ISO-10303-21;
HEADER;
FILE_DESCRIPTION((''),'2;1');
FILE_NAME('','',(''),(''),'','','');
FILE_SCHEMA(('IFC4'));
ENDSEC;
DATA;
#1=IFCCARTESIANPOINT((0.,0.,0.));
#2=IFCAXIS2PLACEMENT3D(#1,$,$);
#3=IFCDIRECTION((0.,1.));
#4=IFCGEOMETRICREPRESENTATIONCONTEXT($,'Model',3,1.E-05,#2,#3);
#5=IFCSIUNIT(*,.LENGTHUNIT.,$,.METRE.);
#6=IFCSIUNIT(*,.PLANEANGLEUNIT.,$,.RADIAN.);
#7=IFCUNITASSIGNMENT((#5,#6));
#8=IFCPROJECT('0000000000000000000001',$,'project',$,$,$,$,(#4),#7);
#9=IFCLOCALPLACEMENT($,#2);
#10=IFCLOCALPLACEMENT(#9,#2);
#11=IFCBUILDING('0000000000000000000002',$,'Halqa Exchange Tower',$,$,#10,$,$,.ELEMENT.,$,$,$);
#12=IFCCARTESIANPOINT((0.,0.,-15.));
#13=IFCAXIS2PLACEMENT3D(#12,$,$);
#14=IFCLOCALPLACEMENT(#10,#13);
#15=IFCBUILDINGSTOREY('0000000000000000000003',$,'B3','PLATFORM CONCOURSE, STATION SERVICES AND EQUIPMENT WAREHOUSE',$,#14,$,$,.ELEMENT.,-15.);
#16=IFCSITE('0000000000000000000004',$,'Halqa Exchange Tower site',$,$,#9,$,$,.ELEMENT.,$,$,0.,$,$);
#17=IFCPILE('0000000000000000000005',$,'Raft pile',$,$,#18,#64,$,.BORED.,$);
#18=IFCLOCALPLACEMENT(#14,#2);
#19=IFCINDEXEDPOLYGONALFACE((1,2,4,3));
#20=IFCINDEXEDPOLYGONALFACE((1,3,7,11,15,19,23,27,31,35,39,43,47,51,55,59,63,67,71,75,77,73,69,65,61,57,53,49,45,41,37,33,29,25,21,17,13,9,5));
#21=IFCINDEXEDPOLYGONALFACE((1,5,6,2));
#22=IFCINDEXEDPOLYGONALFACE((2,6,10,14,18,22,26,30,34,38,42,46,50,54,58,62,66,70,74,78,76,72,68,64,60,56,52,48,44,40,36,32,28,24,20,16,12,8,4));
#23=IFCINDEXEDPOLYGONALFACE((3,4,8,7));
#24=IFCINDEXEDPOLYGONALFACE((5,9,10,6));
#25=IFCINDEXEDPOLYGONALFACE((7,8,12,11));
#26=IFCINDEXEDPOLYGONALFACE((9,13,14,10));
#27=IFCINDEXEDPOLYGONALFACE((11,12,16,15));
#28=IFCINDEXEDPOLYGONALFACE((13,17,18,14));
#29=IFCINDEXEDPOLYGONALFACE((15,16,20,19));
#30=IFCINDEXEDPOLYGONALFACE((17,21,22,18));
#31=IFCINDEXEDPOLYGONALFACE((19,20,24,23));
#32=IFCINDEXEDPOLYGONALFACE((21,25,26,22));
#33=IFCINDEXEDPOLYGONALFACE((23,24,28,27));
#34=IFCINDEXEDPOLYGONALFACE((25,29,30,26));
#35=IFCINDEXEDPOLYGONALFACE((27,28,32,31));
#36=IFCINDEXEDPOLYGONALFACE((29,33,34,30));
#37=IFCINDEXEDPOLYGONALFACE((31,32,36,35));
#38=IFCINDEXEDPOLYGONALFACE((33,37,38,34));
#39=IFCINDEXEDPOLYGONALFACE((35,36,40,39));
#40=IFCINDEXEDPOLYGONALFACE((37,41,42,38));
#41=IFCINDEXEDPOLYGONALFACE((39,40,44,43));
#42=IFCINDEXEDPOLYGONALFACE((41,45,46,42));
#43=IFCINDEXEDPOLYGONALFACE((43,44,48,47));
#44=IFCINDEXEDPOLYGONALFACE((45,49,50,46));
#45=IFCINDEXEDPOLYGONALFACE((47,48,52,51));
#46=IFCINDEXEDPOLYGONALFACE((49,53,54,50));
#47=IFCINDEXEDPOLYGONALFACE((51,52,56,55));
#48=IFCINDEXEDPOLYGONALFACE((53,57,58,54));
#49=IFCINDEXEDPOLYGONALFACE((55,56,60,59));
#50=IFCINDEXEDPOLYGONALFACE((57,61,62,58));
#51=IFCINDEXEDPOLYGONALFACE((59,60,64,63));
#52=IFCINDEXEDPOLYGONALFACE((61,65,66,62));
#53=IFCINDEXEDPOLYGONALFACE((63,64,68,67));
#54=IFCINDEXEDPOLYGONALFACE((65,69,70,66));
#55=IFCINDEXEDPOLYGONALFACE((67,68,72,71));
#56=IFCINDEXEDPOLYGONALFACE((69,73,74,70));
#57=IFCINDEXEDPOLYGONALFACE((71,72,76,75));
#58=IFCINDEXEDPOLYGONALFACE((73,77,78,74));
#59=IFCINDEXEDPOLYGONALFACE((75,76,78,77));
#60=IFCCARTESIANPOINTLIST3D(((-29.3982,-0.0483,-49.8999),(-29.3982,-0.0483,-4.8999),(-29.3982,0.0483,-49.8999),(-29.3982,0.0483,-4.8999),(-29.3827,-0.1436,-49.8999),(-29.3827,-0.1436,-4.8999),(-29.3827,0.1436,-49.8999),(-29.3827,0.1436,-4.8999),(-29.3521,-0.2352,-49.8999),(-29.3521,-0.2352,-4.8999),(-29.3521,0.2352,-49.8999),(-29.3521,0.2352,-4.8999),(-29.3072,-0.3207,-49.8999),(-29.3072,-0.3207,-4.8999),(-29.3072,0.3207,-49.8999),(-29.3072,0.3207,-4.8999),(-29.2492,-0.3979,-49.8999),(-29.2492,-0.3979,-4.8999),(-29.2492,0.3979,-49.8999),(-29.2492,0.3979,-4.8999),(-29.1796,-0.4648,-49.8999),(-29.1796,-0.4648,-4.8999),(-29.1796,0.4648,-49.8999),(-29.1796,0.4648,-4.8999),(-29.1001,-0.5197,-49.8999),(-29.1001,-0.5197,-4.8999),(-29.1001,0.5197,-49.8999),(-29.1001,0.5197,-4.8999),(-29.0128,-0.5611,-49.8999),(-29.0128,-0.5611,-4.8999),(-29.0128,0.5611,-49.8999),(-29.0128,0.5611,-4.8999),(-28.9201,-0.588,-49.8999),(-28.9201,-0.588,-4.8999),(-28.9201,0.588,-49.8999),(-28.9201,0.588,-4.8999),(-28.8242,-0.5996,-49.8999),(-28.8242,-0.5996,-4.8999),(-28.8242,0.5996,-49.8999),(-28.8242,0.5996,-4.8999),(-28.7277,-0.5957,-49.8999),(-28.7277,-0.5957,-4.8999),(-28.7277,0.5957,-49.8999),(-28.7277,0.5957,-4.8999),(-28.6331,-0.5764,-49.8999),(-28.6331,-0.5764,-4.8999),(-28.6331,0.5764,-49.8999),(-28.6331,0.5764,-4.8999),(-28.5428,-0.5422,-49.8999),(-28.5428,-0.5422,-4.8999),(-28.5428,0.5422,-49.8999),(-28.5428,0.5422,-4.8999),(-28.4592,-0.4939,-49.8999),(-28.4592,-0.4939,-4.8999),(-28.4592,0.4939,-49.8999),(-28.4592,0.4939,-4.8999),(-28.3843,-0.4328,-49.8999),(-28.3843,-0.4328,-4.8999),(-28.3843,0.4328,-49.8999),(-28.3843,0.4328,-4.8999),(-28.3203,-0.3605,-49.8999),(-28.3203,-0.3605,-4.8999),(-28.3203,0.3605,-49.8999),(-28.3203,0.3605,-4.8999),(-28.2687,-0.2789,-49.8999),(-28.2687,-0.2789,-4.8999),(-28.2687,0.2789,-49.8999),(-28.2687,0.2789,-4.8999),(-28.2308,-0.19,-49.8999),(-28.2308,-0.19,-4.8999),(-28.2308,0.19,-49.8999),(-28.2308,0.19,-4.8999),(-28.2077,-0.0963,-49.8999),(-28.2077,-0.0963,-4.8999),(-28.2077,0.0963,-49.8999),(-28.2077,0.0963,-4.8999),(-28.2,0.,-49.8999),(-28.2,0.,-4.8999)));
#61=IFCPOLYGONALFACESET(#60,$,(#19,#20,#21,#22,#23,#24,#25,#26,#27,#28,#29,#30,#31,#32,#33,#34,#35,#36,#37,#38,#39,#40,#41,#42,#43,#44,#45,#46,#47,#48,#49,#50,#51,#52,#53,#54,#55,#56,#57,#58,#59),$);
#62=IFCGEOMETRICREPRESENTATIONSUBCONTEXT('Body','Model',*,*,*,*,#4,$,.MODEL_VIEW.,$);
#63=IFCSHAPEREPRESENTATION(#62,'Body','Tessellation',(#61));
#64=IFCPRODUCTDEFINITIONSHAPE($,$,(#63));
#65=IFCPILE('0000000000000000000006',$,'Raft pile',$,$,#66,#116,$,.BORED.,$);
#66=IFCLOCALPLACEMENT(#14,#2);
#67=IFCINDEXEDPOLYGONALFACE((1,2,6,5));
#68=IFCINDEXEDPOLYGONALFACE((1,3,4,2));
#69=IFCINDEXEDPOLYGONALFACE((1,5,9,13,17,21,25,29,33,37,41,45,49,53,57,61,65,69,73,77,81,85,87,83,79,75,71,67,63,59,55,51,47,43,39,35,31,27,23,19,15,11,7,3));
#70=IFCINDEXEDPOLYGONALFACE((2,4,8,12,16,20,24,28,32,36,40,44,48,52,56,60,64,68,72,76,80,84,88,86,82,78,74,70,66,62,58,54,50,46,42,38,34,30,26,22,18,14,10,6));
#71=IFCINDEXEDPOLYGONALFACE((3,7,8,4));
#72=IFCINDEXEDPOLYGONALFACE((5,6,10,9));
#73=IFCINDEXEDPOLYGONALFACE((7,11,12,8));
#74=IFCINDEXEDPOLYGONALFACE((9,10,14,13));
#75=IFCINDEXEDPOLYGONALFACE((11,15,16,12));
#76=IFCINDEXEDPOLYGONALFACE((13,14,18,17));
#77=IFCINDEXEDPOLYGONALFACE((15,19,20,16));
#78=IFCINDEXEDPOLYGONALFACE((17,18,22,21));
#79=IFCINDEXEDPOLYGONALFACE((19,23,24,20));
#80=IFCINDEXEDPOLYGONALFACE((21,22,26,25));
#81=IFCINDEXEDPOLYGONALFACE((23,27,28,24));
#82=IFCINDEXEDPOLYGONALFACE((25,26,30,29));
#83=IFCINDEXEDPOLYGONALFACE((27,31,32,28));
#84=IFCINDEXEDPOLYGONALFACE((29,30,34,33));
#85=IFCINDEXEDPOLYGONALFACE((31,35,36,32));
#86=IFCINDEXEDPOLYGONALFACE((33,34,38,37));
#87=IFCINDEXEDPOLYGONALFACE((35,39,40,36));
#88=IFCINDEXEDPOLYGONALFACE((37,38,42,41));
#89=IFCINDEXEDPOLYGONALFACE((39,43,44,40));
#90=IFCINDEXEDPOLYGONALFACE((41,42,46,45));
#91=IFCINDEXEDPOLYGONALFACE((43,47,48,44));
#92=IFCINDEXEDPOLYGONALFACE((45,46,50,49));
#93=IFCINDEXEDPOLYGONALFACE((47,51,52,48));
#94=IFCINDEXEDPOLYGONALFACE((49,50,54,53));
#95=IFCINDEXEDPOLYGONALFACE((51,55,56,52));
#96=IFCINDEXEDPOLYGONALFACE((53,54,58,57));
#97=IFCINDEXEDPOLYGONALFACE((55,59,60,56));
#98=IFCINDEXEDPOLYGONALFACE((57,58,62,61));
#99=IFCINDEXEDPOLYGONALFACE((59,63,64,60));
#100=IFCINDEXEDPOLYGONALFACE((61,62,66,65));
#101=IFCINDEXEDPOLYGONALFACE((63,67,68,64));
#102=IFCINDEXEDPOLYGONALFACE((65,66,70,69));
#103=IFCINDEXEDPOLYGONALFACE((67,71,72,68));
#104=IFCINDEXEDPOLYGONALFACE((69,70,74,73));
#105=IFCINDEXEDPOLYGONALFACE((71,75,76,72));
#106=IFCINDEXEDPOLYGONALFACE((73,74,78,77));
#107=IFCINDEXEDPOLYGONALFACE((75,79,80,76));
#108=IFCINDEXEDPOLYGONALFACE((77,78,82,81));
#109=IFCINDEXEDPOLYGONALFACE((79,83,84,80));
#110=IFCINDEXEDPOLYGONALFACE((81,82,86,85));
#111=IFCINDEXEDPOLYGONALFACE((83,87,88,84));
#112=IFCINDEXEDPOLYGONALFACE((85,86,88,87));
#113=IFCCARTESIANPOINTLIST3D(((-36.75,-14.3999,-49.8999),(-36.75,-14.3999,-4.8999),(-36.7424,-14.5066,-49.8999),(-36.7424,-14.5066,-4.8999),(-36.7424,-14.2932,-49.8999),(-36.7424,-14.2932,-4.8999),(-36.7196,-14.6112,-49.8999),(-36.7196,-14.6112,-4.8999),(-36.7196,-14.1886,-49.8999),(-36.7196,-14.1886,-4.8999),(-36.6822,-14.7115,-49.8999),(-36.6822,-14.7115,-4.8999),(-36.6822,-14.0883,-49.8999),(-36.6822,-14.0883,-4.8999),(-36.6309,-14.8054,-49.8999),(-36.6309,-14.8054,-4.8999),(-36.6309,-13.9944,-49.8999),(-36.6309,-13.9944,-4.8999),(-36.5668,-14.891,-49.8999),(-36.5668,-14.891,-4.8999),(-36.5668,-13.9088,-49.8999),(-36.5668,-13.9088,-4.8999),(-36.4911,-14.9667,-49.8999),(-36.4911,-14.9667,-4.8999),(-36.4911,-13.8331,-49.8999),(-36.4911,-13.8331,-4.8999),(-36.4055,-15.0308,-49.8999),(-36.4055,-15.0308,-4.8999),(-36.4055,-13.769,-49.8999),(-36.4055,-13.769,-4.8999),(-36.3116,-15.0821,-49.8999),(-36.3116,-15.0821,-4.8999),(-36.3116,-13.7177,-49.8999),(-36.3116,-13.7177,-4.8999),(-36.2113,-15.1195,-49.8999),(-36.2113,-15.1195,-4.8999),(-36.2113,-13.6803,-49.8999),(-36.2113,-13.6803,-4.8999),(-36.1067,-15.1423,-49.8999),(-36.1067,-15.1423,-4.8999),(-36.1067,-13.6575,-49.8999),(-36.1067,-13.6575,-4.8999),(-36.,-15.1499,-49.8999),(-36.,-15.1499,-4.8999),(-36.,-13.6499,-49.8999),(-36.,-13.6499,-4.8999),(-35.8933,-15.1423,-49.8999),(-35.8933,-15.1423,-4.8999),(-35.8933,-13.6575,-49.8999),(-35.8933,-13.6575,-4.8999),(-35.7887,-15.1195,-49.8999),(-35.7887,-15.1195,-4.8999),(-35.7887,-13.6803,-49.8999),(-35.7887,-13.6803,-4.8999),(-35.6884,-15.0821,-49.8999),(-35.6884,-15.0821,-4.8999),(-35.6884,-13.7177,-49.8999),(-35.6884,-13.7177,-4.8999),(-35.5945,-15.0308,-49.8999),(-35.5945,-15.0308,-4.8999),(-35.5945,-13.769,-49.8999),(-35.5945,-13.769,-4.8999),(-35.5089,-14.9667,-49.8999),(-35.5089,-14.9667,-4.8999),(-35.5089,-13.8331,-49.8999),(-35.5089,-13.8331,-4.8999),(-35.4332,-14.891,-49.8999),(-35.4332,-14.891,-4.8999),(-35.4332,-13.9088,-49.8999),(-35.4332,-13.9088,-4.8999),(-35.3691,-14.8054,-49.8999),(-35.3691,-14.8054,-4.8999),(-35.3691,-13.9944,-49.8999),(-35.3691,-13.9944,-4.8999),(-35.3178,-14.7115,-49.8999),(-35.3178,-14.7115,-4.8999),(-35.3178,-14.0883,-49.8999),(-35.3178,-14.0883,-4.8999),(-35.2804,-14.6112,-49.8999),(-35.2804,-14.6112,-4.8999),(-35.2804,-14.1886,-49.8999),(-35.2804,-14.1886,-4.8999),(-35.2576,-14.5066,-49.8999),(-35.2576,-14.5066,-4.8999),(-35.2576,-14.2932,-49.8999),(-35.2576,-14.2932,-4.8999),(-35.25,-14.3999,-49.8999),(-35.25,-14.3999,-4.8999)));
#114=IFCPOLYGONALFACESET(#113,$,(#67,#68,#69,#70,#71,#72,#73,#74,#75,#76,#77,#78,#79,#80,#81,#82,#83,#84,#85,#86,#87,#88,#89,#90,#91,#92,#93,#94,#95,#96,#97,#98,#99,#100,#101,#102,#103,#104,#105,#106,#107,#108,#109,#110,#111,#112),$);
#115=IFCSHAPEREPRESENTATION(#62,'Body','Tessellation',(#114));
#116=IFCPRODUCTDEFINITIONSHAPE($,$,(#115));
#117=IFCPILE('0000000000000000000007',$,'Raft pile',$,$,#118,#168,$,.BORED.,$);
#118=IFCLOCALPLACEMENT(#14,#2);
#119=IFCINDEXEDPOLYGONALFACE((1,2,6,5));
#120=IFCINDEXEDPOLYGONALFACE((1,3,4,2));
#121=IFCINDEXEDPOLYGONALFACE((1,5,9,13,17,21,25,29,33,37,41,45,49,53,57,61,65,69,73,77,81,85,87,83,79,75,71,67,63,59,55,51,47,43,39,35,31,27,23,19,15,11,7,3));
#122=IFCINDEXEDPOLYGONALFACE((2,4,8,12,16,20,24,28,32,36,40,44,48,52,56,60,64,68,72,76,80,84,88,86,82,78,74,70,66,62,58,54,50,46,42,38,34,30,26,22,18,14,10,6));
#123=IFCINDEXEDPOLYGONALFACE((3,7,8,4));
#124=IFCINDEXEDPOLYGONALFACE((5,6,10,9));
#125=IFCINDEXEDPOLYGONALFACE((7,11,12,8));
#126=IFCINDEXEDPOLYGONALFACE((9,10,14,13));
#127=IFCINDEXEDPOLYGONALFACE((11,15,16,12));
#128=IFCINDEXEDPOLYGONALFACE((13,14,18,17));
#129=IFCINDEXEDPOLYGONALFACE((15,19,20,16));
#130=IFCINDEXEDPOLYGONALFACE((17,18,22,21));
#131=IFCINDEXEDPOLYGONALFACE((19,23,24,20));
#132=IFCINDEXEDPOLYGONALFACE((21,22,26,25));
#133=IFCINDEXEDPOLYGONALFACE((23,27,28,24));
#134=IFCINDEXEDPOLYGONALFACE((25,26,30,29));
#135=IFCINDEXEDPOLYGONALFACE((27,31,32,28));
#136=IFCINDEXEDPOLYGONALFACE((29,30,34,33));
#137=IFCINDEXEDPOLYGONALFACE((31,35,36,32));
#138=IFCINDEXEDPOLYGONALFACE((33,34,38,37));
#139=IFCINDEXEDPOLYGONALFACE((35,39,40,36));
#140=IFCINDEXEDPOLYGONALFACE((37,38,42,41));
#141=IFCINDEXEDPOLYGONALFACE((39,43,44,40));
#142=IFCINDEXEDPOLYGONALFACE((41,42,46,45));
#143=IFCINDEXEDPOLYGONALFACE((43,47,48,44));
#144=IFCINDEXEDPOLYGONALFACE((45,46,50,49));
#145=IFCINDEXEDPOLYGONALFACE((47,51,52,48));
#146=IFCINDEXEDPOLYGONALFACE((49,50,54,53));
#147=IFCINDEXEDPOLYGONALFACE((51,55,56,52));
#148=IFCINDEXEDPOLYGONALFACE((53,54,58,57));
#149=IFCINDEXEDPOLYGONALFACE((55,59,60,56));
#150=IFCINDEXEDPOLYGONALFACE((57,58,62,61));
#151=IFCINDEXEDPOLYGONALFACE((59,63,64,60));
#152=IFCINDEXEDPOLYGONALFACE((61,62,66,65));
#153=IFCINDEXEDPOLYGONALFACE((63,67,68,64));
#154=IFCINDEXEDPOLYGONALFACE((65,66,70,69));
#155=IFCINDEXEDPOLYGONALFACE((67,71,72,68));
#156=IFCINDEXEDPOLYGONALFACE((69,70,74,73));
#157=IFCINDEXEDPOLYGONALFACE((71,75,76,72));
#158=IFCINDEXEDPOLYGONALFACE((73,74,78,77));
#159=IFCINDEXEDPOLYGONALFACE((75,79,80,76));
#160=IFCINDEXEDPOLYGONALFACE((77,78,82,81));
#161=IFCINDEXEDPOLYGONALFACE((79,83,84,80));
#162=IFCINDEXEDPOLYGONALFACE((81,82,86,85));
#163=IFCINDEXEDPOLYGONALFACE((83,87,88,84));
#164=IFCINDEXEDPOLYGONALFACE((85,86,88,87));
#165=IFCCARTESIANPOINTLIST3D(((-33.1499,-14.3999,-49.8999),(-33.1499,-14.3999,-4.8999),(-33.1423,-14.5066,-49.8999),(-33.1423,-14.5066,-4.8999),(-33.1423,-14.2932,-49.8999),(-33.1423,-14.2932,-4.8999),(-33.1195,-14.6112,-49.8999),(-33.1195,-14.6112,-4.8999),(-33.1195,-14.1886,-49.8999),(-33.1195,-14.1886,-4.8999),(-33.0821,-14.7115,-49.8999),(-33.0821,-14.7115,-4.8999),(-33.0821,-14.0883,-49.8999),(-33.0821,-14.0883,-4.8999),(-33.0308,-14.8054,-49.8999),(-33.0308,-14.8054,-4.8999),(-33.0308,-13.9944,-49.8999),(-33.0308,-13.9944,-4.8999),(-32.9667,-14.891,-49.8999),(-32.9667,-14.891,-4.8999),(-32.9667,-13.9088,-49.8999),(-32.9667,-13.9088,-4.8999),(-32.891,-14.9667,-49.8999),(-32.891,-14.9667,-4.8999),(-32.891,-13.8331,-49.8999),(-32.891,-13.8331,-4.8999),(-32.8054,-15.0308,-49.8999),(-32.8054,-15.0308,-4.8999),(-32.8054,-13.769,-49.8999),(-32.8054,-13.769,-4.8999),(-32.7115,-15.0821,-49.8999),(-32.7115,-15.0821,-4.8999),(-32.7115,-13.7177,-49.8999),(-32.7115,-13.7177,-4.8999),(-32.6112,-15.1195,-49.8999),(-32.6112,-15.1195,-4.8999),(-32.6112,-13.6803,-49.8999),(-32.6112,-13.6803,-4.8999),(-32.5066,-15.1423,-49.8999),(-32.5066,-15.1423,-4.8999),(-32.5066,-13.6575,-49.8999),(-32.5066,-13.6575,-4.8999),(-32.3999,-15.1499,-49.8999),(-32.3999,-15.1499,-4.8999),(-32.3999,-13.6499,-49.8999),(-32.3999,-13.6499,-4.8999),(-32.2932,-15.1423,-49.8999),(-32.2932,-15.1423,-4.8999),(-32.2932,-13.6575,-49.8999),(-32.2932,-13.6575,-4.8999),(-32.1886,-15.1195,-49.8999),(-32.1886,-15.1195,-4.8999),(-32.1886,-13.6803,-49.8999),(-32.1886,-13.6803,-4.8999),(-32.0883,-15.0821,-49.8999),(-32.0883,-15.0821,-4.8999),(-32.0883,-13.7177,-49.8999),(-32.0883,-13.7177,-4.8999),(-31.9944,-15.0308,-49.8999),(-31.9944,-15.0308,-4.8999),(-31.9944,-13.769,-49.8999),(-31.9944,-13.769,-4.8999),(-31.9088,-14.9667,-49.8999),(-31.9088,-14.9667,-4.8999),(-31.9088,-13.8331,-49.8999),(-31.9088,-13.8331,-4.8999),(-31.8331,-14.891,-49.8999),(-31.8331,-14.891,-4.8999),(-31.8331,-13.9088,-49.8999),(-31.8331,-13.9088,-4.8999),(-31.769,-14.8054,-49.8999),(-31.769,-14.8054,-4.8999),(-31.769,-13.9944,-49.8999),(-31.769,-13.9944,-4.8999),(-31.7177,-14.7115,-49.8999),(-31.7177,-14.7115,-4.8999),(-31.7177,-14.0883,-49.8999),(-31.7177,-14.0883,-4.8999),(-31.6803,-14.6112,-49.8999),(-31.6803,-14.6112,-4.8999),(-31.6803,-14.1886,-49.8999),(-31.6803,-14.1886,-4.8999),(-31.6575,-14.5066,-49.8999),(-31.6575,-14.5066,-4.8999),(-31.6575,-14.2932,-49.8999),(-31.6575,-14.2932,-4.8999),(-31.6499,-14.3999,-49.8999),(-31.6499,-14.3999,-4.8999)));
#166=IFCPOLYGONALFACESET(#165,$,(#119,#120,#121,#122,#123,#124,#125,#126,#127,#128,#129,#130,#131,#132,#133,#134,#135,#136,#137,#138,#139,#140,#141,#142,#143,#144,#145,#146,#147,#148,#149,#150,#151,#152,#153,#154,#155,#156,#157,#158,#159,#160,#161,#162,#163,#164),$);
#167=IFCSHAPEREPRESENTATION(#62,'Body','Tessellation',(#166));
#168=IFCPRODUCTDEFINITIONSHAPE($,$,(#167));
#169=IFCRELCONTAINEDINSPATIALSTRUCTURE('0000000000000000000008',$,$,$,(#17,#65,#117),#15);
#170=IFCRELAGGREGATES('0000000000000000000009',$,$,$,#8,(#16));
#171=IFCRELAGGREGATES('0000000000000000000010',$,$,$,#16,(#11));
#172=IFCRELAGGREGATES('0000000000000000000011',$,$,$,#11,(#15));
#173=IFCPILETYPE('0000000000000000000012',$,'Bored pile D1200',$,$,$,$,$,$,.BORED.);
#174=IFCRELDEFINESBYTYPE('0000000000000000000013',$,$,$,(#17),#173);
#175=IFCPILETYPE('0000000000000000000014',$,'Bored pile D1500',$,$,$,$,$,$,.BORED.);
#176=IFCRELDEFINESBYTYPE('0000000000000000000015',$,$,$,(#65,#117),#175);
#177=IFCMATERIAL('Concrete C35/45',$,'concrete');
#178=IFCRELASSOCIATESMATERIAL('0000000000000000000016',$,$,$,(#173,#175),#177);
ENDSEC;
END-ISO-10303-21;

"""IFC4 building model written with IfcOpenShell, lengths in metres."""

from ifc_helpers import new_model, si_unit, direction, frame, origin, origin_2d, place, context, subcontext, project, spatial, circle, extrude, material, material_profile, profile_set, type_object, element, save


model = new_model("IFC4")

# Units and contexts
model_context = context("Model", 3, precision=1e-05, world=origin(), true_north=direction((0.0, 1.0)))
body_context = subcontext(model_context, "Body", "Model", "MODEL_VIEW")
ifc_project = project(units=[si_unit("LENGTHUNIT", "METRE"), si_unit("PLANEANGLEUNIT", "RADIAN")], contexts=[model_context])

# Site, building, storey
site_placement = place(None, origin())
site = spatial("IfcSite", under=ifc_project, at=site_placement, Name="Halqa Exchange Tower site", CompositionType="ELEMENT", RefElevation=0.0)
building_placement = place(site_placement, origin())
building = spatial("IfcBuilding", under=site, at=building_placement, Name="Halqa Exchange Tower", CompositionType="ELEMENT")
storey_placement = place(building_placement, frame((0.0, 0.0, -15.0)))
storey = spatial("IfcBuildingStorey", under=building, at=storey_placement, Name="B3", Description="PLATFORM CONCOURSE, STATION SERVICES AND EQUIPMENT WAREHOUSE", CompositionType="ELEMENT", Elevation=-15.0)

# Piles
ifc_material_1 = material(Name="Concrete C35/45", Category="concrete")
ifc_material_profile_1 = material_profile(ifc_material_1, circle(Radius=0.6001, at=origin_2d()), Name="D1200")
ifc_profile_set_1 = profile_set([ifc_material_profile_1], Name="Concrete C35/45")
pile_type_1 = type_object("IfcPileType", Name="Bored pile D1200", PredefinedType="BORED", material=ifc_profile_set_1)
for number, where, z_axis, x_axis, name in (
    (1, (-28.8, 0.0, -4.8999), (0.0, 0.0, -1.0), (1.0, 0.0, 0.0), "Raft pile"),
):
    element("IfcPile", number, at=place(storey_placement, frame(where, z_axis=z_axis, x_axis=x_axis)), inside=storey, type_object=pile_type_1, Name=name, PredefinedType="BORED", context=body_context, shape_type="SweptSolid", body=[
        extrude(circle(Radius=0.6001, at=origin_2d()), origin(), (0.0, 0.0, 1.0), 45.0),
    ])
ifc_material_profile_2 = material_profile(ifc_material_1, circle(Radius=0.75, at=origin_2d()), Name="D1500")
ifc_profile_set_2 = profile_set([ifc_material_profile_2], Name="Concrete C35/45")
pile_type_2 = type_object("IfcPileType", Name="Bored pile D1500", PredefinedType="BORED", material=ifc_profile_set_2)
for number, where, z_axis, x_axis, name in (
    (2, (-36.0, -14.3999, -4.8999), (0.0, 0.0, -1.0), (1.0, 0.0, 0.0), "Raft pile"),
    (3, (-32.3999, -14.3999, -4.8999), (0.0, 0.0, -1.0), (1.0, 0.0, 0.0), "Raft pile"),
):
    element("IfcPile", number, at=place(storey_placement, frame(where, z_axis=z_axis, x_axis=x_axis)), inside=storey, type_object=pile_type_2, Name=name, PredefinedType="BORED", context=body_context, shape_type="SweptSolid", body=[
        extrude(circle(Radius=0.75, at=origin_2d()), origin(), (0.0, 0.0, 1.0), 45.0),
    ])

save(model, "model.ifc")
